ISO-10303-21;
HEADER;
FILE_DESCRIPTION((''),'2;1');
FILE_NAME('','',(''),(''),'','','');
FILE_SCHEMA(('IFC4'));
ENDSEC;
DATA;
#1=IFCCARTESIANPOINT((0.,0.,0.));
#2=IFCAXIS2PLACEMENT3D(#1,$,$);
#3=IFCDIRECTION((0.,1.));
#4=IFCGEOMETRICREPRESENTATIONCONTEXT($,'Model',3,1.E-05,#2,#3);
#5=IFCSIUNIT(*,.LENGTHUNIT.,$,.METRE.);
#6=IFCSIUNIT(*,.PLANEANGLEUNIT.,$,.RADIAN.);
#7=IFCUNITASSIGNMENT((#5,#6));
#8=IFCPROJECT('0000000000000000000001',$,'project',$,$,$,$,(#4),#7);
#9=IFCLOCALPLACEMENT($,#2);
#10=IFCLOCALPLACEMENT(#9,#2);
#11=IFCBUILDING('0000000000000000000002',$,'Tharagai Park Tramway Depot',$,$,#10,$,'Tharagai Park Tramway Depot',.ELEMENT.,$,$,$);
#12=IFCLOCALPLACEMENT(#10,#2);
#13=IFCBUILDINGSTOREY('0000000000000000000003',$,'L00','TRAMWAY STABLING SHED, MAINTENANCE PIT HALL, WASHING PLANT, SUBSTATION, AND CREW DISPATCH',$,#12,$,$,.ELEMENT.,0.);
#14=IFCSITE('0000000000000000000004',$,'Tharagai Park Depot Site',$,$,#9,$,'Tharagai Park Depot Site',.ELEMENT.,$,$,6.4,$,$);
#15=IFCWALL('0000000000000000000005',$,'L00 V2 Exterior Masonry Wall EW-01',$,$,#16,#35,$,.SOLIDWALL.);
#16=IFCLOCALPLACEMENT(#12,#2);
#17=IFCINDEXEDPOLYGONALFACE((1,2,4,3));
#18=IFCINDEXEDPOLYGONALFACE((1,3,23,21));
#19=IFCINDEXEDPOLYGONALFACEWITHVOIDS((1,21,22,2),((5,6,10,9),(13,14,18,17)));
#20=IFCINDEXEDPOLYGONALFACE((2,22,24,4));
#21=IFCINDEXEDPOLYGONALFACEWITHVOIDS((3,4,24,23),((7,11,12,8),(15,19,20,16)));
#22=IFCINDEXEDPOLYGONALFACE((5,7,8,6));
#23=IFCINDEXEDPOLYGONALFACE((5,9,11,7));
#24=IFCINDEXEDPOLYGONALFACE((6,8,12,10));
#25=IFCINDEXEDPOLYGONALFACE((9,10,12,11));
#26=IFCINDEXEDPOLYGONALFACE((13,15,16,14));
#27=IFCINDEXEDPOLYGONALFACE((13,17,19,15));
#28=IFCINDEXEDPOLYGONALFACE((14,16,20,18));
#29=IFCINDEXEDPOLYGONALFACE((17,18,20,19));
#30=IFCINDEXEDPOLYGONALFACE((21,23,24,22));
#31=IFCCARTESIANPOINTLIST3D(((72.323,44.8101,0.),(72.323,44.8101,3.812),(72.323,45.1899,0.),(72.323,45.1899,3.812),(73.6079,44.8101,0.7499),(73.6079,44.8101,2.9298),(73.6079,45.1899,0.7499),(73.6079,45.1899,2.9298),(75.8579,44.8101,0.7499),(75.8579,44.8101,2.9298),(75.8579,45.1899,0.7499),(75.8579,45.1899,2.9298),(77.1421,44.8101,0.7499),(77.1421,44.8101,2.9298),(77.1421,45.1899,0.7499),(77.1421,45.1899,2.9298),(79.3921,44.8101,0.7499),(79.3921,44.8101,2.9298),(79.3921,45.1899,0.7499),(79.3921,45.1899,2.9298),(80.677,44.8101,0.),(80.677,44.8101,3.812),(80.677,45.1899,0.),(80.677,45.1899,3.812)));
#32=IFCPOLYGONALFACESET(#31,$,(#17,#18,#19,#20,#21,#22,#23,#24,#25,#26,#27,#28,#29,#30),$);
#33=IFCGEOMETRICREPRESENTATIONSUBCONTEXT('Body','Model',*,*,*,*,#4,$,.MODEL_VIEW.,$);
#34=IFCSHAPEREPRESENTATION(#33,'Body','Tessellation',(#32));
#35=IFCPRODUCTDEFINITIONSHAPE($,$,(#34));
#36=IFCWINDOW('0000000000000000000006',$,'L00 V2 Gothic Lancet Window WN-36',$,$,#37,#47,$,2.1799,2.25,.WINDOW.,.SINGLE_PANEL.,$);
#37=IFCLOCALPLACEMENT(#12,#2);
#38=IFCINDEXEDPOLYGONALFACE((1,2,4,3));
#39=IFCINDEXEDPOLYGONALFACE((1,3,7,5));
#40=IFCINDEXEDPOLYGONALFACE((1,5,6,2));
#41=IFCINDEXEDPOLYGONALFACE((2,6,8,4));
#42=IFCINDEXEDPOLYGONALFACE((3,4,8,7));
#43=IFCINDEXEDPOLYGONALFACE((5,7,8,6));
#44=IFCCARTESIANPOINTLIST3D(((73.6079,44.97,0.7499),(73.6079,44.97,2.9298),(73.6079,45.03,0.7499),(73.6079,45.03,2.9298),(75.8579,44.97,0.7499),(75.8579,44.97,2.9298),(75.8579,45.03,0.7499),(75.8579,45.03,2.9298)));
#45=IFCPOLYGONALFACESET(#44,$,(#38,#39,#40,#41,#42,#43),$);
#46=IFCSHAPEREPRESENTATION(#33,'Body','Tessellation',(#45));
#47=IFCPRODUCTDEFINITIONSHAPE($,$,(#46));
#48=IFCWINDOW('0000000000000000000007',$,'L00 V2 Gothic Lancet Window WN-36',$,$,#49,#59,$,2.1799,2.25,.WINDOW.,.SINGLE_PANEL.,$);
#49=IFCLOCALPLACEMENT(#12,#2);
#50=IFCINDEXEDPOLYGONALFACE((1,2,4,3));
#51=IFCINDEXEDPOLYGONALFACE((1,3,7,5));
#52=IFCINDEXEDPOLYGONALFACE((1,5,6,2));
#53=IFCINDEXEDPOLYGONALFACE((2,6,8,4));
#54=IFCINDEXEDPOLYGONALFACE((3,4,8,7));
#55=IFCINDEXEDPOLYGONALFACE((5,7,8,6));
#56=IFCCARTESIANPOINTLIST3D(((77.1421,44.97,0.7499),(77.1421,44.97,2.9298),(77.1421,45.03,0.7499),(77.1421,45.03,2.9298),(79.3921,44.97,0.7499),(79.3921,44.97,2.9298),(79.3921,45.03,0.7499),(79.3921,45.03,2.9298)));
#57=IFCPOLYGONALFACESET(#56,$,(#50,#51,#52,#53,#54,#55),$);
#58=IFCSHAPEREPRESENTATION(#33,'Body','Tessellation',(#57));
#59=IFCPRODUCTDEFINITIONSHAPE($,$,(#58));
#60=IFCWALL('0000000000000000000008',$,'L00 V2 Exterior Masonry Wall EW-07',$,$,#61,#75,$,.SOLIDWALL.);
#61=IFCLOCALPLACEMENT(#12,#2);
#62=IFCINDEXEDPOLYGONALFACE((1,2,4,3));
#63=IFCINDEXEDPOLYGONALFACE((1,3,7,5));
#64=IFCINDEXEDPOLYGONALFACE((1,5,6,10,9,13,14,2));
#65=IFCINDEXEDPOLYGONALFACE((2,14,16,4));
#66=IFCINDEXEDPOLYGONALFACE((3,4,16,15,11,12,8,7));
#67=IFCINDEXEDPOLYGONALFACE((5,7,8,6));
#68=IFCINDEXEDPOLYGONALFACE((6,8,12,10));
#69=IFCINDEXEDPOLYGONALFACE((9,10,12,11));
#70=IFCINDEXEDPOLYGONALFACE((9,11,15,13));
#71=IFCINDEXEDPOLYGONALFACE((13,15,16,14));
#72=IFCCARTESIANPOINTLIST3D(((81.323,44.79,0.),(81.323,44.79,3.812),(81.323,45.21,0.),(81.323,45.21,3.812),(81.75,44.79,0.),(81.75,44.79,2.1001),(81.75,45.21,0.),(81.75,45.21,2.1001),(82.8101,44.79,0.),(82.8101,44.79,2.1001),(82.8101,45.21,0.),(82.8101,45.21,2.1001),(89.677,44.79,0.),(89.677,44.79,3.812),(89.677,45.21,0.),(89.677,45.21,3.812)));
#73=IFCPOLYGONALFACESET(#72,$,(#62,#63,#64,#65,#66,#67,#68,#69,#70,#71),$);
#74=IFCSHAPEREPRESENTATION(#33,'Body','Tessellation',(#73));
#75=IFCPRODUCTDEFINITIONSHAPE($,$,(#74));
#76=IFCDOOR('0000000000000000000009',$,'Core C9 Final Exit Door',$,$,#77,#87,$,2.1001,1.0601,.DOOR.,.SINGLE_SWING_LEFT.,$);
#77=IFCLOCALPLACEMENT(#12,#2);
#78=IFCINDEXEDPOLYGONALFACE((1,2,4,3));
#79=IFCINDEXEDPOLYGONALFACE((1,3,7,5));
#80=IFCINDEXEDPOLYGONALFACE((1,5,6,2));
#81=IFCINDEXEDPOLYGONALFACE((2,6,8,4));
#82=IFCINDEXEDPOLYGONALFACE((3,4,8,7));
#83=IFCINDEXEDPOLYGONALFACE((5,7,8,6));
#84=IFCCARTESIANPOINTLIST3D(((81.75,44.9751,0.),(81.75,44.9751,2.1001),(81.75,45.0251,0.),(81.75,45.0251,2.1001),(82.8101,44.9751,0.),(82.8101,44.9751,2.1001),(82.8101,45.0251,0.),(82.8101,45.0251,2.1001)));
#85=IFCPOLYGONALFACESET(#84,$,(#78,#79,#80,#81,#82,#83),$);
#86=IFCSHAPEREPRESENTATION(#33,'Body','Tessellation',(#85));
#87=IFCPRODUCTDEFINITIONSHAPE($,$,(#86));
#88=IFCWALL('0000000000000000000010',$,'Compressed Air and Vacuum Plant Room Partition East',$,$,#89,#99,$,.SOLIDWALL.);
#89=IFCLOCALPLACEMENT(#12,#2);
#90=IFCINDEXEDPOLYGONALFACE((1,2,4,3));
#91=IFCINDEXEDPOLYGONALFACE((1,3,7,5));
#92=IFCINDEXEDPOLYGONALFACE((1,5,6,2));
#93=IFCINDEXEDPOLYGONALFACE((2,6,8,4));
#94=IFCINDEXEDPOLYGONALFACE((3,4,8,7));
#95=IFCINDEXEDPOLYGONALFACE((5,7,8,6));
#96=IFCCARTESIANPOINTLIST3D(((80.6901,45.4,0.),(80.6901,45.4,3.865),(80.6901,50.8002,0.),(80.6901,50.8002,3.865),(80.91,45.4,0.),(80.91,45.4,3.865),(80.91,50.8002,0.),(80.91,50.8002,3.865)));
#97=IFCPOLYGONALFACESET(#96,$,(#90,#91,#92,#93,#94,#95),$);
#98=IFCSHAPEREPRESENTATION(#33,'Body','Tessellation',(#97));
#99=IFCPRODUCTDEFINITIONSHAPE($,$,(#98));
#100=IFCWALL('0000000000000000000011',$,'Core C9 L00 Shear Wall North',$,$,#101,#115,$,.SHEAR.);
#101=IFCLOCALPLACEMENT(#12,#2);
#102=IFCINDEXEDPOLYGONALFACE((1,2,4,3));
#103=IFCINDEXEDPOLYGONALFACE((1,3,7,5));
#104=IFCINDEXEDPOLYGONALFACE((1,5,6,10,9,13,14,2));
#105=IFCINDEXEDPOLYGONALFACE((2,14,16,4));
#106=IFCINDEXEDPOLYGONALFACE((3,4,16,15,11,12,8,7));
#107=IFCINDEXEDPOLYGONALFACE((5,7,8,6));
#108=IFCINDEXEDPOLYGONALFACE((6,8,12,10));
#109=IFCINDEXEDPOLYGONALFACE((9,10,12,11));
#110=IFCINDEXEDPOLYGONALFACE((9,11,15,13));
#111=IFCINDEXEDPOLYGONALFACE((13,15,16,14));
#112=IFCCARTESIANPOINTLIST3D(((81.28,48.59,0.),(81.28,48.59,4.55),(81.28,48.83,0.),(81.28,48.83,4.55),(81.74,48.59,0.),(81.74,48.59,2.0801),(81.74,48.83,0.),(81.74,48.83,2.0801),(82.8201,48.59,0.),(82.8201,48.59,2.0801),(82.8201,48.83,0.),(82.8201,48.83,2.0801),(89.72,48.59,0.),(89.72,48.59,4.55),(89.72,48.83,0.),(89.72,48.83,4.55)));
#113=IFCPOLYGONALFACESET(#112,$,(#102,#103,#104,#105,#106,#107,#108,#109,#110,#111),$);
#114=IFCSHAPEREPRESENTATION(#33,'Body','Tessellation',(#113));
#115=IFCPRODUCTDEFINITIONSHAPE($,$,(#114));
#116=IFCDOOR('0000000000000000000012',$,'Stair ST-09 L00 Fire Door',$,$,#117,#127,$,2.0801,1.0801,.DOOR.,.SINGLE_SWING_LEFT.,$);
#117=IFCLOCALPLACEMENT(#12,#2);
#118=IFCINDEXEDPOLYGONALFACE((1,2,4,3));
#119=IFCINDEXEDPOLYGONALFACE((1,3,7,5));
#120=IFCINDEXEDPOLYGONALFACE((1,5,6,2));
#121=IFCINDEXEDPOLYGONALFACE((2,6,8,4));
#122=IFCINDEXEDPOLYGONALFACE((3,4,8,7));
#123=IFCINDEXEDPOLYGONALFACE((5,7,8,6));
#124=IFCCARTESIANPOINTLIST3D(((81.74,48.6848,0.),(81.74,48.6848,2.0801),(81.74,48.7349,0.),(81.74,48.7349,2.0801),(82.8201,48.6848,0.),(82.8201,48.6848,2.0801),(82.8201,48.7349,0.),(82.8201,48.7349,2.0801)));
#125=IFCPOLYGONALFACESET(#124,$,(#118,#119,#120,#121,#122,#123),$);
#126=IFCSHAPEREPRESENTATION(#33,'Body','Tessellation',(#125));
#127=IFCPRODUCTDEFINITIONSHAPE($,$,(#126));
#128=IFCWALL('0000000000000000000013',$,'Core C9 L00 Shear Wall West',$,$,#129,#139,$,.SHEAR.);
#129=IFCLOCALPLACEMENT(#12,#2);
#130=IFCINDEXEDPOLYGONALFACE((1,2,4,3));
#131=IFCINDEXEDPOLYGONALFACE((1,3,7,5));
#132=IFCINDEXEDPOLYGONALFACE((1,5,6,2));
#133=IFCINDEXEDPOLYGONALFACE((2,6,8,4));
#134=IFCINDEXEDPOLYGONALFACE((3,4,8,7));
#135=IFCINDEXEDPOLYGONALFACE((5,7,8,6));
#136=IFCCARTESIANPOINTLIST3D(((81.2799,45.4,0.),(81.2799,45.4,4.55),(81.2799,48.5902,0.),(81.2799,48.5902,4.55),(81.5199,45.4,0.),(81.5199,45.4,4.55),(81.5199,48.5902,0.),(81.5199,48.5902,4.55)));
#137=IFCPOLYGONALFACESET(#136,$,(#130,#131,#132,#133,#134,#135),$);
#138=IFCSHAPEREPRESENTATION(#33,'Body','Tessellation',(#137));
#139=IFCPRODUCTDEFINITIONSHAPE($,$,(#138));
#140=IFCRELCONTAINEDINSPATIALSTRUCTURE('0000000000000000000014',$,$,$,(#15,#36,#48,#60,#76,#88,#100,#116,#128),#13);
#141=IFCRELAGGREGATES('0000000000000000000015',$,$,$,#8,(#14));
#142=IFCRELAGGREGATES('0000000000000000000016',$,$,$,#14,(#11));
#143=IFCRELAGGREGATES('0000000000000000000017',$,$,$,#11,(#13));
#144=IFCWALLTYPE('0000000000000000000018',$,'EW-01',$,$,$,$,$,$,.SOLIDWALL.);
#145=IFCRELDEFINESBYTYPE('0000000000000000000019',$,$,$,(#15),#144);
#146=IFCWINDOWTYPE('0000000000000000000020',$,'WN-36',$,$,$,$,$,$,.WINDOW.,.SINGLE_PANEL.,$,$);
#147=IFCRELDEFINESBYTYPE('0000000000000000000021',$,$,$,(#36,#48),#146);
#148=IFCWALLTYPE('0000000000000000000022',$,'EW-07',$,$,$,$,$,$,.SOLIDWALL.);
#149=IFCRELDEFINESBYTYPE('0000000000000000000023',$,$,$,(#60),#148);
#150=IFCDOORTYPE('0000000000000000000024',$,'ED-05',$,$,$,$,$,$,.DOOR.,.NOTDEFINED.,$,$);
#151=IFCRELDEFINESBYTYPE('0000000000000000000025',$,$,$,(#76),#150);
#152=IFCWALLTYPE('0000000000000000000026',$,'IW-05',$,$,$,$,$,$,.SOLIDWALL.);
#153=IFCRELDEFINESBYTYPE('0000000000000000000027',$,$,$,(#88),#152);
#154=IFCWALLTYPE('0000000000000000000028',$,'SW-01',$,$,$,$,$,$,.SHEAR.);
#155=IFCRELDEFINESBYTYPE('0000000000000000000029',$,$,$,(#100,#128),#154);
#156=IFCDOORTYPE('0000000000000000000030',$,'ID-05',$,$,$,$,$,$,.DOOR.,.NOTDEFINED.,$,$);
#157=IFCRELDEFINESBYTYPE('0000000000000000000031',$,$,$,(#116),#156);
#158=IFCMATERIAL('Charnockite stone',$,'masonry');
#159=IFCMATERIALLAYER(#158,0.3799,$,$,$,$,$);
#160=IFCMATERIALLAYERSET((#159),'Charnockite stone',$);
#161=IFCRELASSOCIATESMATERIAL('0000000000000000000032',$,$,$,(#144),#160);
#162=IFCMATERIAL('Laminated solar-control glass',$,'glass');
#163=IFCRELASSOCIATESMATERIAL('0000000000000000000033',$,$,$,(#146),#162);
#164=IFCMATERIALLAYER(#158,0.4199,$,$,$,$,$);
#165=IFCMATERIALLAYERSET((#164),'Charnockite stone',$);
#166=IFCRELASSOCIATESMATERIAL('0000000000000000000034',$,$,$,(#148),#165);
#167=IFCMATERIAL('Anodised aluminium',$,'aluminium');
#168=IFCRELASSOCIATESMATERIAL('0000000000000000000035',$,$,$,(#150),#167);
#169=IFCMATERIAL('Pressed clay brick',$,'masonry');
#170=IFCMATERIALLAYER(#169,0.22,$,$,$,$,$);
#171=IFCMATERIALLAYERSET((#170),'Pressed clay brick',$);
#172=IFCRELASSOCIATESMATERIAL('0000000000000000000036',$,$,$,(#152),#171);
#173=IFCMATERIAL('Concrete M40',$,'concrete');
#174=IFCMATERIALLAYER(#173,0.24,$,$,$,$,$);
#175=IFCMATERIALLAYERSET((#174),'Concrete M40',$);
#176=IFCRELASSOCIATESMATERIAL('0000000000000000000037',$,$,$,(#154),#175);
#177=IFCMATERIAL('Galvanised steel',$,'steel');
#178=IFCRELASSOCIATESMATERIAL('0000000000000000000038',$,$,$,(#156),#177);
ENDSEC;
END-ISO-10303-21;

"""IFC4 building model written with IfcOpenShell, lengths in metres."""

from ifc_helpers import new_model, si_unit, direction, frame, frame_2d, origin, place, context, subcontext, project, spatial, rectangle, extrude, material, layer, layer_set, type_object, element, fill, save


model = new_model("IFC4")

# Units and contexts
model_context = context("Model", 3, precision=1e-05, world=origin(), true_north=direction((0.0, 1.0)))
body_context = subcontext(model_context, "Body", "Model", "MODEL_VIEW")
ifc_project = project(units=[si_unit("LENGTHUNIT", "METRE"), si_unit("PLANEANGLEUNIT", "RADIAN")], contexts=[model_context])

# Site, building, storey
site_placement = place(None, origin())
site = spatial("IfcSite", under=ifc_project, at=site_placement, Name="Tharagai Park Depot Site", LongName="Tharagai Park Depot Site", CompositionType="ELEMENT", RefElevation=6.4)
building_placement = place(site_placement, origin())
building = spatial("IfcBuilding", under=site, at=building_placement, Name="Tharagai Park Tramway Depot", LongName="Tharagai Park Tramway Depot", CompositionType="ELEMENT")
storey_placement = place(building_placement, origin())
storey = spatial("IfcBuildingStorey", under=building, at=storey_placement, Name="L00", Description="TRAMWAY STABLING SHED, MAINTENANCE PIT HALL, WASHING PLANT, SUBSTATION, AND CREW DISPATCH", CompositionType="ELEMENT", Elevation=0.0)

# Shared definitions
ifc_material_1 = material(Name="Concrete M40", Category="concrete")

# Wall, openings, windows
ifc_material_2 = material(Name="Charnockite stone", Category="masonry")
ifc_layer_1 = layer(ifc_material_2, 0.3799)
ifc_layer_set_1 = layer_set([ifc_layer_1], Name="Charnockite stone")
wall_type_1 = type_object("IfcWallType", Name="EW-01", PredefinedType="SOLIDWALL", material=ifc_layer_set_1)
wall_1_placement = place(storey_placement, frame((72.323, 45.0, 0.0), z_axis=(0.0, 0.0, 1.0), x_axis=(1.0, 0.0, 0.0)))
wall_1 = element("IfcWall", 1, at=wall_1_placement, inside=storey, type_object=wall_type_1, Name="L00 V2 Exterior Masonry Wall EW-01", PredefinedType="SOLIDWALL", context=body_context, shape_type="SweptSolid", body=[
    extrude(rectangle(XDim=8.354, YDim=0.3799, at=frame_2d((4.177, 0.0))), origin(), (0.0, 0.0, 1.0), 3.812),
])
opening_1_placement = place(wall_1_placement, frame((1.2849, 0.0, 0.75)))
opening_1 = element("IfcOpeningElement", 2, at=opening_1_placement, cuts=wall_1, PredefinedType="OPENING", context=body_context, shape_type="SweptSolid", body=[
    extrude(rectangle(XDim=2.25, YDim=2.1799, at=frame_2d((1.125, 1.0898))), frame((0.0, 0.2, 0.0), z_axis=(0.0, -1.0, 0.0), x_axis=(1.0, 0.0, 0.0)), (0.0, 0.0, 1.0), 0.3999),
])
opening_2_placement = place(wall_1_placement, frame((4.8191, 0.0, 0.75)))
opening_2 = element("IfcOpeningElement", 3, at=opening_2_placement, cuts=wall_1, PredefinedType="OPENING", context=body_context, shape_type="SweptSolid", body=[
    extrude(rectangle(XDim=2.25, YDim=2.1799, at=frame_2d((1.125, 1.0898))), frame((0.0, 0.2, 0.0), z_axis=(0.0, -1.0, 0.0), x_axis=(1.0, 0.0, 0.0)), (0.0, 0.0, 1.0), 0.3999),
])
ifc_material_3 = material(Name="Laminated solar-control glass", Category="glass")
window_type = type_object("IfcWindowType", Name="WN-36", PartitioningType="SINGLE_PANEL", PredefinedType="WINDOW", material=ifc_material_3)
window_1_placement = place(opening_1_placement, origin())
window_1 = element("IfcWindow", 4, at=window_1_placement, inside=storey, type_object=window_type, Name="L00 V2 Gothic Lancet Window WN-36", OverallHeight=2.1799, OverallWidth=2.25, PartitioningType="SINGLE_PANEL", PredefinedType="WINDOW", context=body_context, shape_type="SweptSolid", body=[
    extrude(rectangle(XDim=2.25, YDim=2.1799, at=frame_2d((1.125, 1.0898))), frame((0.0, 0.03, 0.0), z_axis=(0.0, -1.0, 0.0), x_axis=(1.0, 0.0, 0.0)), (0.0, 0.0, 1.0), 0.0601),
])
fill(opening_1, window_1)
window_2_placement = place(opening_2_placement, origin())
window_2 = element("IfcWindow", 5, at=window_2_placement, inside=storey, type_object=window_type, Name="L00 V2 Gothic Lancet Window WN-36", OverallHeight=2.1799, OverallWidth=2.25, PartitioningType="SINGLE_PANEL", PredefinedType="WINDOW", context=body_context, shape_type="SweptSolid", body=[
    extrude(rectangle(XDim=2.25, YDim=2.1799, at=frame_2d((1.125, 1.0898))), frame((0.0, 0.03, 0.0), z_axis=(0.0, -1.0, 0.0), x_axis=(1.0, 0.0, 0.0)), (0.0, 0.0, 1.0), 0.0601),
])
fill(opening_2, window_2)

# Wall, opening, door
ifc_layer_2 = layer(ifc_material_2, 0.4199)
ifc_layer_set_2 = layer_set([ifc_layer_2], Name="Charnockite stone")
wall_type_2 = type_object("IfcWallType", Name="EW-07", PredefinedType="SOLIDWALL", material=ifc_layer_set_2)
wall_2_placement = place(storey_placement, frame((81.323, 45.0, 0.0), z_axis=(0.0, 0.0, 1.0), x_axis=(1.0, 0.0, 0.0)))
wall_2 = element("IfcWall", 6, at=wall_2_placement, inside=storey, type_object=wall_type_2, Name="L00 V2 Exterior Masonry Wall EW-07", PredefinedType="SOLIDWALL", context=body_context, shape_type="SweptSolid", body=[
    extrude(rectangle(XDim=8.354, YDim=0.4199, at=frame_2d((4.177, 0.0))), origin(), (0.0, 0.0, 1.0), 3.812),
])
opening_3_placement = place(wall_2_placement, frame((0.427, 0.0, 0.0)))
opening_3 = element("IfcOpeningElement", 7, at=opening_3_placement, cuts=wall_2, PredefinedType="OPENING", context=body_context, shape_type="SweptSolid", body=[
    extrude(rectangle(XDim=1.0601, YDim=2.1001, at=frame_2d((0.53, 1.05))), frame((0.0, 0.22, 0.0), z_axis=(0.0, -1.0, 0.0), x_axis=(1.0, 0.0, 0.0)), (0.0, 0.0, 1.0), 0.4399),
])
ifc_material_4 = material(Name="Anodised aluminium", Category="aluminium")
door_type_1 = type_object("IfcDoorType", Name="ED-05", OperationType="NOTDEFINED", PredefinedType="DOOR", material=ifc_material_4)
door_1_placement = place(opening_3_placement, frame((1.0601, 0.0, 0.0), z_axis=(0.0, 0.0, 1.0), x_axis=(-1.0, 0.0, 0.0)))
door_1 = element("IfcDoor", 8, at=door_1_placement, inside=storey, type_object=door_type_1, Name="Core C9 Final Exit Door", OperationType="SINGLE_SWING_LEFT", OverallHeight=2.1001, OverallWidth=1.0601, PredefinedType="DOOR", context=body_context, shape_type="SweptSolid", body=[
    extrude(rectangle(XDim=1.0601, YDim=2.1001, at=frame_2d((0.53, 1.05))), frame((0.0, 0.0249, 0.0), z_axis=(0.0, -1.0, 0.0), x_axis=(1.0, 0.0, 0.0)), (0.0, 0.0, 1.0), 0.05),
])
fill(opening_3, door_1)

# Wall
ifc_material_5 = material(Name="Pressed clay brick", Category="masonry")
ifc_layer_3 = layer(ifc_material_5, 0.22)
ifc_layer_set_3 = layer_set([ifc_layer_3], Name="Pressed clay brick")
wall_type_3 = type_object("IfcWallType", Name="IW-05", PredefinedType="SOLIDWALL", material=ifc_layer_set_3)
wall_3_placement = place(storey_placement, frame((80.8, 45.3999, 0.0), z_axis=(0.0, 0.0, 1.0), x_axis=(0.0, 1.0, 0.0)))
element("IfcWall", 9, at=wall_3_placement, inside=storey, type_object=wall_type_3, Name="Compressed Air and Vacuum Plant Room Partition East", PredefinedType="SOLIDWALL", context=body_context, shape_type="SweptSolid", body=[
    extrude(rectangle(XDim=5.4001, YDim=0.22, at=frame_2d((2.7002, 0.0))), origin(), (0.0, 0.0, 1.0), 3.865),
])

# Wall, opening, door
ifc_layer_4 = layer(ifc_material_1, 0.24)
ifc_layer_set_4 = layer_set([ifc_layer_4], Name="Concrete M40")
wall_type_4 = type_object("IfcWallType", Name="SW-01", PredefinedType="SHEAR", material=ifc_layer_set_4)
wall_4_placement = place(storey_placement, frame((81.28, 48.71, 0.0), z_axis=(0.0, 0.0, 1.0), x_axis=(1.0, 0.0, 0.0)))
wall_4 = element("IfcWall", 10, at=wall_4_placement, inside=storey, type_object=wall_type_4, Name="Core C9 L00 Shear Wall North", PredefinedType="SHEAR", context=body_context, shape_type="SweptSolid", body=[
    extrude(rectangle(XDim=8.4399, YDim=0.24, at=frame_2d((4.22, 0.0))), origin(), (0.0, 0.0, 1.0), 4.55),
])
opening_4_placement = place(wall_4_placement, frame((0.46, 0.0, 0.0)))
opening_4 = element("IfcOpeningElement", 11, at=opening_4_placement, cuts=wall_4, PredefinedType="OPENING", context=body_context, shape_type="SweptSolid", body=[
    extrude(rectangle(XDim=1.0801, YDim=2.0801, at=frame_2d((0.54, 1.04))), frame((0.0, 0.1299, 0.0), z_axis=(0.0, -1.0, 0.0), x_axis=(1.0, 0.0, 0.0)), (0.0, 0.0, 1.0), 0.26),
])
ifc_material_6 = material(Name="Galvanised steel", Category="steel")
door_type_2 = type_object("IfcDoorType", Name="ID-05", OperationType="NOTDEFINED", PredefinedType="DOOR", material=ifc_material_6)
door_2_placement = place(opening_4_placement, origin())
door_2 = element("IfcDoor", 12, at=door_2_placement, inside=storey, type_object=door_type_2, Name="Stair ST-09 L00 Fire Door", OperationType="SINGLE_SWING_LEFT", OverallHeight=2.0801, OverallWidth=1.0801, PredefinedType="DOOR", context=body_context, shape_type="SweptSolid", body=[
    extrude(rectangle(XDim=1.0801, YDim=2.0801, at=frame_2d((0.54, 1.04))), frame((0.0, 0.0249, 0.0), z_axis=(0.0, -1.0, 0.0), x_axis=(1.0, 0.0, 0.0)), (0.0, 0.0, 1.0), 0.05),
])
fill(opening_4, door_2)

# Wall
wall_5_placement = place(storey_placement, frame((81.3999, 45.3999, 0.0), z_axis=(0.0, 0.0, 1.0), x_axis=(0.0, 1.0, 0.0)))
element("IfcWall", 13, at=wall_5_placement, inside=storey, type_object=wall_type_4, Name="Core C9 L00 Shear Wall West", PredefinedType="SHEAR", context=body_context, shape_type="SweptSolid", body=[
    extrude(rectangle(XDim=3.1902, YDim=0.24, at=frame_2d((1.5952, 0.0))), origin(), (0.0, 0.0, 1.0), 4.55),
])

save(model, "model.ifc")
